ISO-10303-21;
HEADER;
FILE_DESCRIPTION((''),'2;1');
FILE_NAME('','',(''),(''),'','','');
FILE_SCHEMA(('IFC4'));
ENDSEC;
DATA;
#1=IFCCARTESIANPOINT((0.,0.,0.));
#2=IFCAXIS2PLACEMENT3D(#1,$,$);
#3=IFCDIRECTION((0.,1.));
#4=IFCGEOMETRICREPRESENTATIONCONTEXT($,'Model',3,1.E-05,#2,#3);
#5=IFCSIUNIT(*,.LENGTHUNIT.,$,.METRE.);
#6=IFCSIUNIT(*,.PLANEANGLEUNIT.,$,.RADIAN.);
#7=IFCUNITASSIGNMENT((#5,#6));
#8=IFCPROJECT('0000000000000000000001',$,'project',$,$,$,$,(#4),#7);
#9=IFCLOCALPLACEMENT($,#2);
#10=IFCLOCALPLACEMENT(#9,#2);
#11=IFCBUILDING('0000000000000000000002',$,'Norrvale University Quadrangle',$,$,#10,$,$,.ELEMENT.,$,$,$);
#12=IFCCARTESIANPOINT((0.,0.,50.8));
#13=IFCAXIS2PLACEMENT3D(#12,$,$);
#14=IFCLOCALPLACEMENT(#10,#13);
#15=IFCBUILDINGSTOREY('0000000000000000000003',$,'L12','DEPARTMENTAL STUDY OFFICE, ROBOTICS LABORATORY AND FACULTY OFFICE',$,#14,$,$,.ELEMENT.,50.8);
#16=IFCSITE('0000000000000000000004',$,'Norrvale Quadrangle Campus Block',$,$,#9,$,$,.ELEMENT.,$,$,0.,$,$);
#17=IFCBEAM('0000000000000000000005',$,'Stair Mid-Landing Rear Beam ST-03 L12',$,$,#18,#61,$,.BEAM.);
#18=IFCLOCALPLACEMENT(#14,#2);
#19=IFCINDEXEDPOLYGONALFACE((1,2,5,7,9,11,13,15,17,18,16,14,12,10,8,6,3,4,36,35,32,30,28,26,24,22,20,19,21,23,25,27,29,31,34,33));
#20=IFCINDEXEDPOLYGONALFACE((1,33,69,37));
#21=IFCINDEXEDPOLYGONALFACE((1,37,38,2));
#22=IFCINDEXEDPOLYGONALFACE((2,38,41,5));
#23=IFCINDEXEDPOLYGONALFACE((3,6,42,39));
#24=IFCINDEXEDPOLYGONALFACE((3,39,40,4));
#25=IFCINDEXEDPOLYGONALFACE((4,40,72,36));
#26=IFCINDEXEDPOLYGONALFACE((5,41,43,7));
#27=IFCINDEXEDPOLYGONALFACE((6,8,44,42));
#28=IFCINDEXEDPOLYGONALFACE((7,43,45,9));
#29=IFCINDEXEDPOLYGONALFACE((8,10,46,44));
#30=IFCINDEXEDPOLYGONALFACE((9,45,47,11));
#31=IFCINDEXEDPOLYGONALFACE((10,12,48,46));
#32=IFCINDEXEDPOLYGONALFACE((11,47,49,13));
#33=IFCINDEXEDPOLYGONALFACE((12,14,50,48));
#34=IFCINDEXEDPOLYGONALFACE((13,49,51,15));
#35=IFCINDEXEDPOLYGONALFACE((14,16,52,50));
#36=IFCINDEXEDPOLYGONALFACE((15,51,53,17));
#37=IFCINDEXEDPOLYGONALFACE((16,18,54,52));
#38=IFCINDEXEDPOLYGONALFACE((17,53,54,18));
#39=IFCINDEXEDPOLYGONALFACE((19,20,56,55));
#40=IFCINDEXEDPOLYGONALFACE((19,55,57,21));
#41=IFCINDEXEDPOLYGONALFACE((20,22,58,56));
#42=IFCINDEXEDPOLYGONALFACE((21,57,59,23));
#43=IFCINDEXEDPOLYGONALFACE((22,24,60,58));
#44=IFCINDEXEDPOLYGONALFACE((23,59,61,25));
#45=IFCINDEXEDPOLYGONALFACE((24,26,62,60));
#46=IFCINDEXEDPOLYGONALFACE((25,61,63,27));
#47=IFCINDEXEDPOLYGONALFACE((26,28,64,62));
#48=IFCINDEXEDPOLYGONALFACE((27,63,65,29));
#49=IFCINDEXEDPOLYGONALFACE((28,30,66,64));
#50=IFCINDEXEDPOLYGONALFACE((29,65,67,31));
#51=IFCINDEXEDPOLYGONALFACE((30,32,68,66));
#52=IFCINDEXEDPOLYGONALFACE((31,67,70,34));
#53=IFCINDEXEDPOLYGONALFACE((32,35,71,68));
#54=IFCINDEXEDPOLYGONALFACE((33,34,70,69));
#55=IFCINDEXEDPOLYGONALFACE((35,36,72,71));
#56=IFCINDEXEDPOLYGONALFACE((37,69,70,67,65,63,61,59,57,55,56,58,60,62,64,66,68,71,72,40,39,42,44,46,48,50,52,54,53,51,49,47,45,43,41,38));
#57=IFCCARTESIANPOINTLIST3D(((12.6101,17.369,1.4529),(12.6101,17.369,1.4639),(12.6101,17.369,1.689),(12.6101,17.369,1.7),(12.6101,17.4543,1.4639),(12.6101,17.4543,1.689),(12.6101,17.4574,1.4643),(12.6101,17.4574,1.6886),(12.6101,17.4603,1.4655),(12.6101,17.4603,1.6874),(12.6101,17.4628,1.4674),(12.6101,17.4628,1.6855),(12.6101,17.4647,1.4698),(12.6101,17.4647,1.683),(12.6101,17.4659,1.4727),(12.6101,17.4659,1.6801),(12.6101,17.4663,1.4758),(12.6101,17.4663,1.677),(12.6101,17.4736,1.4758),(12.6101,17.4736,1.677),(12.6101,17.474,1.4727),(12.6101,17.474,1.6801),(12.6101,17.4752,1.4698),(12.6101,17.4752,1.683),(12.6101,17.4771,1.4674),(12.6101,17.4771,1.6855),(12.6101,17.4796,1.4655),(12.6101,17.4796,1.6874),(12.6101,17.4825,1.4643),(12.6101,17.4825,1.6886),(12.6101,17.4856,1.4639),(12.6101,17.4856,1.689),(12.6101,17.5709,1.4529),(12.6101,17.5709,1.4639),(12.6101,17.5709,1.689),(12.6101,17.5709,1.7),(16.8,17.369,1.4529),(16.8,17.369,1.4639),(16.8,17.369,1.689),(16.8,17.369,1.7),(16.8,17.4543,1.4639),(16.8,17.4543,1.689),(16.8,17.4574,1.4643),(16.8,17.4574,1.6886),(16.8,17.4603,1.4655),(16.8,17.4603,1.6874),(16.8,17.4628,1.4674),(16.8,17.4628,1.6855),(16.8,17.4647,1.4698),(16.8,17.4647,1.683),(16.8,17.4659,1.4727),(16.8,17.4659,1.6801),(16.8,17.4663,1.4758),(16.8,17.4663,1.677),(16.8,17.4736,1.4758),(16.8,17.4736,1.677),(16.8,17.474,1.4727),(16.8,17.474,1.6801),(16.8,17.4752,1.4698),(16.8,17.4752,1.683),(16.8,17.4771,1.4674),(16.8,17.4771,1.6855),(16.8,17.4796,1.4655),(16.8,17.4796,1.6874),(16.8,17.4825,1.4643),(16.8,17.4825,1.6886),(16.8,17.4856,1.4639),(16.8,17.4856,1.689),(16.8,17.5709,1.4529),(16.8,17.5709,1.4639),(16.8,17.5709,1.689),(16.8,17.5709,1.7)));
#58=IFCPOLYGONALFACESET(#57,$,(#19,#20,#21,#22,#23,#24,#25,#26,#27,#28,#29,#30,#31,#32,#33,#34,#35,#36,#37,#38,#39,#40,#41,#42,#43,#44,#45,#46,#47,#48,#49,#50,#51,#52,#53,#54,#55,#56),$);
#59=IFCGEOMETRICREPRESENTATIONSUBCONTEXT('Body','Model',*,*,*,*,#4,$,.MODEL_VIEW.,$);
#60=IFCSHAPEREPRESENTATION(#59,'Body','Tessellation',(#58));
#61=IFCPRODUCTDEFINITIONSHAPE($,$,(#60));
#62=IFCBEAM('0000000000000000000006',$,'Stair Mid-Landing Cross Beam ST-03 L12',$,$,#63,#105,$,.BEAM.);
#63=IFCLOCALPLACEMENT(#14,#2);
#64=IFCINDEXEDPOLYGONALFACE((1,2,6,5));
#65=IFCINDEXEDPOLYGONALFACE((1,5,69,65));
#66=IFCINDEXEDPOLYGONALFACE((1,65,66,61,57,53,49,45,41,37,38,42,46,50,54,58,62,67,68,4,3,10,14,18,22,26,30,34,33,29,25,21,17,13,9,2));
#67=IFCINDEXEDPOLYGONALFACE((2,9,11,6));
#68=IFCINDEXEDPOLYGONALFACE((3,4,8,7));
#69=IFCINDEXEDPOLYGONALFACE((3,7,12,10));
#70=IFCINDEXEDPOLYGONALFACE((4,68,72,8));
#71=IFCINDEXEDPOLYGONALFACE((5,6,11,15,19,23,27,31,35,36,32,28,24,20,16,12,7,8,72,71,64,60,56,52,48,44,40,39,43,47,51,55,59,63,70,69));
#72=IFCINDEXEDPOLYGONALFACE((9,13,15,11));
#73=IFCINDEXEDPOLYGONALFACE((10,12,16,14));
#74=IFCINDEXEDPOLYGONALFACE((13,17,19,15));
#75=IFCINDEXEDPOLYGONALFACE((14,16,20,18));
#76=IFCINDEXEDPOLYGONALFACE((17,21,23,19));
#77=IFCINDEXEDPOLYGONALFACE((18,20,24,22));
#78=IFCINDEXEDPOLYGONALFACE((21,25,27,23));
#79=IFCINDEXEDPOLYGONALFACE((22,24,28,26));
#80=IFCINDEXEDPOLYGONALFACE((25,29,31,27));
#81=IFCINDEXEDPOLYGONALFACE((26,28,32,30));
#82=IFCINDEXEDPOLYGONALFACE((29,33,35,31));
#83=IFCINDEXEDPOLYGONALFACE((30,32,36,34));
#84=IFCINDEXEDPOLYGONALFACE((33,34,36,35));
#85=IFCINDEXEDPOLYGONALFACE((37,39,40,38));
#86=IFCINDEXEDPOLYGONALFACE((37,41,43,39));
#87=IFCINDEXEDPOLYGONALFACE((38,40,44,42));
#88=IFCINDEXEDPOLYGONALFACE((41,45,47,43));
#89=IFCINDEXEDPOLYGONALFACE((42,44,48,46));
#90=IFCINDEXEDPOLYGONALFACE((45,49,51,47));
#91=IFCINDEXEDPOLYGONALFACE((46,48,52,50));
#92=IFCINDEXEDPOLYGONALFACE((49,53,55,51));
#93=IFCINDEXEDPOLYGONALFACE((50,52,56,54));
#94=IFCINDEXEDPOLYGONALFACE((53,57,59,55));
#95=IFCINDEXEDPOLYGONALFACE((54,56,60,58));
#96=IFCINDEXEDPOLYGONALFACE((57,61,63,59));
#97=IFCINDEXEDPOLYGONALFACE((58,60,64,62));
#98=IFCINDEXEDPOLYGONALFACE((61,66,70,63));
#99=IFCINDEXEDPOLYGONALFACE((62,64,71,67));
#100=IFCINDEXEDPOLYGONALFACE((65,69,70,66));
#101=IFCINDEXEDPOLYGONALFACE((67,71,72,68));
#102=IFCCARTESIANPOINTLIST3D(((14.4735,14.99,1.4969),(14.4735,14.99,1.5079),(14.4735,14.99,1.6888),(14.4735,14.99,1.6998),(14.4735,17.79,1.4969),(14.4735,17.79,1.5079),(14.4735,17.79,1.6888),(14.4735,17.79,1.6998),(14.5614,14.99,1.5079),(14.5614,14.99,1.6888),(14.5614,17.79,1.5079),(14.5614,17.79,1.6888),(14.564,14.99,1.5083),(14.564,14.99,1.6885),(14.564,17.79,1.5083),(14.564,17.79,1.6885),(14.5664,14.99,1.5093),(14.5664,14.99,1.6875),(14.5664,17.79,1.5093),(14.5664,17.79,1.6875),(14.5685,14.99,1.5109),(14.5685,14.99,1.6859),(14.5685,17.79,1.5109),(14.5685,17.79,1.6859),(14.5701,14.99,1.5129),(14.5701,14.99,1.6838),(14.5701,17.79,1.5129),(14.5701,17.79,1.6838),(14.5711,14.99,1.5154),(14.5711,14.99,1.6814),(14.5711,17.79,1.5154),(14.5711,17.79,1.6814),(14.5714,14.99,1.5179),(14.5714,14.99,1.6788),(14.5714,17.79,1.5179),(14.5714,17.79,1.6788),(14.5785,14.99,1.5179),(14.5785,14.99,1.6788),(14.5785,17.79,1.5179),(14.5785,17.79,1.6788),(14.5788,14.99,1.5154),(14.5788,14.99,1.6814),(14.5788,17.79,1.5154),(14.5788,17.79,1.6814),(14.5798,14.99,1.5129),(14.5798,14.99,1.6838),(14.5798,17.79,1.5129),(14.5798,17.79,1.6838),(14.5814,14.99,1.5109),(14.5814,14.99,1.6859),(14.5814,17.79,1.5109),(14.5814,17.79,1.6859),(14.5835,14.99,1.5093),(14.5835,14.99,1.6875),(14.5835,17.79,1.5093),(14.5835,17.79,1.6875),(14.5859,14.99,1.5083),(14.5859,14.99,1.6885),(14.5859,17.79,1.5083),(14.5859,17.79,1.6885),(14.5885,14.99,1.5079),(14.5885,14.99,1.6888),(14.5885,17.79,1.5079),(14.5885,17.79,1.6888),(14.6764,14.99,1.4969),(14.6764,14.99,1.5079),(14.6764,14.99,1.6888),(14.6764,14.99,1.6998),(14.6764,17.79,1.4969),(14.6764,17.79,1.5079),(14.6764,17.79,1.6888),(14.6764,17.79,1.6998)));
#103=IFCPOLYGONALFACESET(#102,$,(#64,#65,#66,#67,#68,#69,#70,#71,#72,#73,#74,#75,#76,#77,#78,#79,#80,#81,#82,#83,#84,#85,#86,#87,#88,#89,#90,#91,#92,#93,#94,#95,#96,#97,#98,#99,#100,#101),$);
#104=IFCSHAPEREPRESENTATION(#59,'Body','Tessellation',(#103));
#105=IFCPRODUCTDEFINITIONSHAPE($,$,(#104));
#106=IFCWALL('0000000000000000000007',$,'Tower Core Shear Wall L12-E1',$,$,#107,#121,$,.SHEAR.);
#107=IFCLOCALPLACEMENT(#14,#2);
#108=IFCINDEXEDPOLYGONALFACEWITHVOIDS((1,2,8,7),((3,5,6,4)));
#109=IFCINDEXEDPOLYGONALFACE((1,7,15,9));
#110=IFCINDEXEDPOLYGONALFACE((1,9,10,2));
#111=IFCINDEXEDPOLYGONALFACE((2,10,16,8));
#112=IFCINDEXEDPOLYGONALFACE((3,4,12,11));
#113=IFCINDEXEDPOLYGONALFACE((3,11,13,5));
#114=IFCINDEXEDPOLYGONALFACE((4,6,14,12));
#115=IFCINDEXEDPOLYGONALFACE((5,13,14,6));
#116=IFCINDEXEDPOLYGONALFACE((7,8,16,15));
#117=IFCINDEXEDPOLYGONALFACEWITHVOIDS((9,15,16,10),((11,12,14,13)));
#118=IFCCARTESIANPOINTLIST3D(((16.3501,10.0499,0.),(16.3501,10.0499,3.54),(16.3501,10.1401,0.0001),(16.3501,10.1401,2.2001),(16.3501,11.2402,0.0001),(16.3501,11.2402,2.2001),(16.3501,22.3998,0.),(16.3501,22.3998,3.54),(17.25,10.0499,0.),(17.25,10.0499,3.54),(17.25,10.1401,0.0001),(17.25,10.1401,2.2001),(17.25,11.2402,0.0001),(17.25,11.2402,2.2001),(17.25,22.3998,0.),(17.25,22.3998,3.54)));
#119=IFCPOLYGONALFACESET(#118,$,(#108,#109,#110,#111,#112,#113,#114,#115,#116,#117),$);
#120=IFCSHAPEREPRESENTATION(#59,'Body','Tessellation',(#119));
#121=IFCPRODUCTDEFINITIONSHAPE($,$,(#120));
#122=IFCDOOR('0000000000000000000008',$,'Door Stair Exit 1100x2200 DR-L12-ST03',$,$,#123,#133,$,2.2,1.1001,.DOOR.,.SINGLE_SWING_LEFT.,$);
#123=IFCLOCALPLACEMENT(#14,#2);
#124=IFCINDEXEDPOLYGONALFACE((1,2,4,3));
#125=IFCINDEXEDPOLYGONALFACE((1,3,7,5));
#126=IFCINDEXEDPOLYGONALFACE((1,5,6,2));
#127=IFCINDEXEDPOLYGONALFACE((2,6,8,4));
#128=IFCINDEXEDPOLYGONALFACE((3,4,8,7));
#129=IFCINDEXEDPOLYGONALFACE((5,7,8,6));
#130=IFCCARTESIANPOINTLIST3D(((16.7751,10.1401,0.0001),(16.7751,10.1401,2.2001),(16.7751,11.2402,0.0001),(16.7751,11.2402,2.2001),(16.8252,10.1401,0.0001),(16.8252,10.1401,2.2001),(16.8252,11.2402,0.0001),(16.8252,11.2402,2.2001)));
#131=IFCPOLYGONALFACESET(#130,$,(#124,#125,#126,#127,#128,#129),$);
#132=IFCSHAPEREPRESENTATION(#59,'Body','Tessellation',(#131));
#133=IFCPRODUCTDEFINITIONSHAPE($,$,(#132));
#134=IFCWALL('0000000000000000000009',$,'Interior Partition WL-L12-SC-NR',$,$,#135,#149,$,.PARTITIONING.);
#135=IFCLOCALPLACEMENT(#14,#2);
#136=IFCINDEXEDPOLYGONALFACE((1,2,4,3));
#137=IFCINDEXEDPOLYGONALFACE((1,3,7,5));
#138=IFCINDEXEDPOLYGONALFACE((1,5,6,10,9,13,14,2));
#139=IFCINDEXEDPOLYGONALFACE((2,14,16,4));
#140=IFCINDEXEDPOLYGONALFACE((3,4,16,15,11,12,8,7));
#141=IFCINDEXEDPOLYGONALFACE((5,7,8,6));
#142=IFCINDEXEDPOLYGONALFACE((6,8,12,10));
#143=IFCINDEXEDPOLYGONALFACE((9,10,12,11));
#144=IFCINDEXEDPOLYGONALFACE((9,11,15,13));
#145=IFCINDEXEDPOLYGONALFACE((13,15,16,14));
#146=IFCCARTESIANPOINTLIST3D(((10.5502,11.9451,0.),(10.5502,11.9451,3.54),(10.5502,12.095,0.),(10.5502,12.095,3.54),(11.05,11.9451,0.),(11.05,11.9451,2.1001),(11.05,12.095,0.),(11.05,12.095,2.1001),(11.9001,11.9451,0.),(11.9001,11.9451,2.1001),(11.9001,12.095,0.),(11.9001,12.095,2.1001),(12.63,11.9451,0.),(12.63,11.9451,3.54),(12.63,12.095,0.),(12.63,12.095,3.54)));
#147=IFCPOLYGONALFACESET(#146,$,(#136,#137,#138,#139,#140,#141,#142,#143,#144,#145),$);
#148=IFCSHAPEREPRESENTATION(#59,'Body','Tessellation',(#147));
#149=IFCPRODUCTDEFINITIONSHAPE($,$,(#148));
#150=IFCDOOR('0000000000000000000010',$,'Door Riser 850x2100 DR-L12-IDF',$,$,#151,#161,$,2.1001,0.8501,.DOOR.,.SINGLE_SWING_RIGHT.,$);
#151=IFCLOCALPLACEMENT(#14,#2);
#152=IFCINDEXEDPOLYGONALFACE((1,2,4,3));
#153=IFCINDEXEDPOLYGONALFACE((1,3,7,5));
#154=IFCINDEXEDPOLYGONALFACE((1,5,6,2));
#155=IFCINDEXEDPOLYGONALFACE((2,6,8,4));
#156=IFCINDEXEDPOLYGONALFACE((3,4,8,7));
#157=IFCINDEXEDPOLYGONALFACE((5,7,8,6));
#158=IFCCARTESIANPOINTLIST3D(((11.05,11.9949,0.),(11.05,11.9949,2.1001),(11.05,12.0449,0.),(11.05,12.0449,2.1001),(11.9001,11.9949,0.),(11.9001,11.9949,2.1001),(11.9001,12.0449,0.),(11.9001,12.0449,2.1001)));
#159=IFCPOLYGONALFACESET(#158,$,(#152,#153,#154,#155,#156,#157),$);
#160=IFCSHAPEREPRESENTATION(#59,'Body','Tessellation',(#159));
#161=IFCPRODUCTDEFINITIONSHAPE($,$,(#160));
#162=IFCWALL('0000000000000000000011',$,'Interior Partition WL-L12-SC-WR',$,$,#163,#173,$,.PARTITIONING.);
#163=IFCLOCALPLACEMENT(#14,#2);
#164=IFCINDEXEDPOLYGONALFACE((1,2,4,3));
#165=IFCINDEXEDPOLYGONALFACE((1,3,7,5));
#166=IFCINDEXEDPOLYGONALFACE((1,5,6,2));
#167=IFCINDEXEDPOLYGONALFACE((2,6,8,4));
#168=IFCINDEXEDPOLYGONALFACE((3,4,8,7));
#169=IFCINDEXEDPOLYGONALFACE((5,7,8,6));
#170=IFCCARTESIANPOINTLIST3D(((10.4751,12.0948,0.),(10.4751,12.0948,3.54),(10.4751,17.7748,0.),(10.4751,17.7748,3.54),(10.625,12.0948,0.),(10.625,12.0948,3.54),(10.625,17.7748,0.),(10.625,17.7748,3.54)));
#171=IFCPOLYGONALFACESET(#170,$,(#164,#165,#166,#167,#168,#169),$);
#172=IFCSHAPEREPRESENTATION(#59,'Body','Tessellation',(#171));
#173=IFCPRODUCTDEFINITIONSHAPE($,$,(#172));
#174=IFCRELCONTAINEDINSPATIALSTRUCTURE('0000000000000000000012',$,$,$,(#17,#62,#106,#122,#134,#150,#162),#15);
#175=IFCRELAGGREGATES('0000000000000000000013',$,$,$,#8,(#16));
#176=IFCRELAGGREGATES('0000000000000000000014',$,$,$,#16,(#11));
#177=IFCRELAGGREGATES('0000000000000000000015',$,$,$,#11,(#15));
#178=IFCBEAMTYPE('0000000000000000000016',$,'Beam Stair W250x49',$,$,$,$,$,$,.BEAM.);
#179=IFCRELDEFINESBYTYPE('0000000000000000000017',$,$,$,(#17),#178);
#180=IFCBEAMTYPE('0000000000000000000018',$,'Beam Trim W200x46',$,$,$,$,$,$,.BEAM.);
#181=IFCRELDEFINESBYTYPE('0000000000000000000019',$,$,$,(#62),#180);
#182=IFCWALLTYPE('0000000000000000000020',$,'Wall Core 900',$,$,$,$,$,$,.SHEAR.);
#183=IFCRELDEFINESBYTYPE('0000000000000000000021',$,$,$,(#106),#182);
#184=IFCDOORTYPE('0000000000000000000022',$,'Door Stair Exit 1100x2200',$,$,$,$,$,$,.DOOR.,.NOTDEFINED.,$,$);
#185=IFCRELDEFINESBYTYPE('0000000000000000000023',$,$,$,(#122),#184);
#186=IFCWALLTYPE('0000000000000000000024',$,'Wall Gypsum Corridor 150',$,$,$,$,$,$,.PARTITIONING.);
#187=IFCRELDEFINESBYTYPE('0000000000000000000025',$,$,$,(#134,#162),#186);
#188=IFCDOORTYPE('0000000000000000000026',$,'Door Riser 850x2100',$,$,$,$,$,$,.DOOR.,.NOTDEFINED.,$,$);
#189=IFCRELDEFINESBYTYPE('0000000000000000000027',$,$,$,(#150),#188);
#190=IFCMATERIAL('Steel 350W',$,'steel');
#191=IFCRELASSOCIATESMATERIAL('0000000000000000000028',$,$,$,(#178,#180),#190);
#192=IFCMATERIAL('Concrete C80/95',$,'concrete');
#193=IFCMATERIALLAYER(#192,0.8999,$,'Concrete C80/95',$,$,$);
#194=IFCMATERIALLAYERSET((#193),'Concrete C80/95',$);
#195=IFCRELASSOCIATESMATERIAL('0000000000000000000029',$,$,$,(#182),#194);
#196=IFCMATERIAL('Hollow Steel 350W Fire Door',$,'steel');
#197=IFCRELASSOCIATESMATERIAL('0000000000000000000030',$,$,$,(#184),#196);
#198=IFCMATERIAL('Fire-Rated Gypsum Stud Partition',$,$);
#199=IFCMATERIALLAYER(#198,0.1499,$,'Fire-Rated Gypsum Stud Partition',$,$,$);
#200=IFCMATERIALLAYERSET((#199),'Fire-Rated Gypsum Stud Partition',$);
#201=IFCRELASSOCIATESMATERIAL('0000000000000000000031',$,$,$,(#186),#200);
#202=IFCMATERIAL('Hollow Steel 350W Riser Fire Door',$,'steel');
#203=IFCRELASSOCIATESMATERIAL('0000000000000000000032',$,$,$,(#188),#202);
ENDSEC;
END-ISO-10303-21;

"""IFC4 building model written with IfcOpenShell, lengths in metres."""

from ifc_helpers import new_model, si_unit, direction, frame, frame_2d, origin, origin_2d, place, context, subcontext, project, spatial, rectangle, i_section, extrude, material, layer, layer_set, material_profile, profile_set, type_object, element, fill, save


model = new_model("IFC4")

# Units and contexts
model_context = context("Model", 3, precision=1e-05, world=origin(), true_north=direction((0.0, 1.0)))
body_context = subcontext(model_context, "Body", "Model", "MODEL_VIEW")
ifc_project = project(units=[si_unit("LENGTHUNIT", "METRE"), si_unit("PLANEANGLEUNIT", "RADIAN")], contexts=[model_context])

# Site, building, storey
site_placement = place(None, origin())
site = spatial("IfcSite", under=ifc_project, at=site_placement, Name="Norrvale Quadrangle Campus Block", CompositionType="ELEMENT", RefElevation=0.0)
building_placement = place(site_placement, origin())
building = spatial("IfcBuilding", under=site, at=building_placement, Name="Norrvale University Quadrangle", CompositionType="ELEMENT")
storey_placement = place(building_placement, frame((0.0, 0.0, 50.8)))
storey = spatial("IfcBuildingStorey", under=building, at=storey_placement, Name="L12", Description="DEPARTMENTAL STUDY OFFICE, ROBOTICS LABORATORY AND FACULTY OFFICE", CompositionType="ELEMENT", Elevation=50.8)

# Shared definitions
ifc_material_1 = material(Name="Concrete C80/95", Category="concrete")

# Beams
ifc_material_2 = material(Name="Steel 350W", Category="steel")
ifc_material_profile_1 = material_profile(ifc_material_2, i_section(OverallWidth=0.2019, OverallDepth=0.2471, WebThickness=0.0073, FlangeThickness=0.011, FilletRadius=0.012, at=origin_2d()), Name="Steel 350W")
ifc_profile_set_1 = profile_set([ifc_material_profile_1], Name="Steel 350W")
beam_type_1 = type_object("IfcBeamType", Name="Beam Stair W250x49", PredefinedType="BEAM", material=ifc_profile_set_1)
for number, where, z_axis, x_axis, name in (
    (1, (12.6101, 17.47, 1.5764), (1.0, 0.0, 0.0), (0.0, 1.0, 0.0), "Stair Mid-Landing Rear Beam ST-03 L12"),
):
    element("IfcBeam", number, at=place(storey_placement, frame(where, z_axis=z_axis, x_axis=x_axis)), inside=storey, type_object=beam_type_1, Name=name, PredefinedType="BEAM", context=body_context, shape_type="SweptSolid", body=[
        extrude(i_section(OverallWidth=0.2019, OverallDepth=0.2471, WebThickness=0.0073, FlangeThickness=0.011, FilletRadius=0.012, at=origin_2d()), origin(), (0.0, 0.0, 1.0), 4.1899),
    ])
ifc_material_profile_2 = material_profile(ifc_material_2, i_section(OverallWidth=0.2029, OverallDepth=0.2029, WebThickness=0.0071, FlangeThickness=0.011, FilletRadius=0.01, at=origin_2d()), Name="Steel 350W")
ifc_profile_set_2 = profile_set([ifc_material_profile_2], Name="Steel 350W")
beam_type_2 = type_object("IfcBeamType", Name="Beam Trim W200x46", PredefinedType="BEAM", material=ifc_profile_set_2)
beam_placement = place(storey_placement, frame((14.575, 14.99, 1.5984), z_axis=(0.0, 1.0, 0.0), x_axis=(-1.0, 0.0, 0.0)))
element("IfcBeam", 2, at=beam_placement, inside=storey, type_object=beam_type_2, Name="Stair Mid-Landing Cross Beam ST-03 L12", PredefinedType="BEAM", context=body_context, shape_type="SweptSolid", body=[
    extrude(i_section(OverallWidth=0.2029, OverallDepth=0.2029, WebThickness=0.0071, FlangeThickness=0.011, FilletRadius=0.01, at=origin_2d()), origin(), (0.0, 0.0, 1.0), 2.8),
])

# Walls, openings, doors
ifc_layer_1 = layer(ifc_material_1, 0.8999, Name="Concrete C80/95")
ifc_layer_set_1 = layer_set([ifc_layer_1], Name="Concrete C80/95")
wall_type_1 = type_object("IfcWallType", Name="Wall Core 900", PredefinedType="SHEAR", material=ifc_layer_set_1)
wall_1_placement = place(storey_placement, frame((16.8, 10.05, 0.0), z_axis=(0.0, 0.0, 1.0), x_axis=(0.0, 1.0, 0.0)))
wall_1 = element("IfcWall", 3, at=wall_1_placement, inside=storey, type_object=wall_type_1, Name="Tower Core Shear Wall L12-E1", PredefinedType="SHEAR", context=body_context, shape_type="SweptSolid", body=[
    extrude(rectangle(XDim=12.3499, YDim=0.8999, at=frame_2d((6.1748, 0.0))), origin(), (0.0, 0.0, 1.0), 3.54),
])
opening_1_placement = place(wall_1_placement, frame((0.0901, 0.0, 0.0)))
opening_1 = element("IfcOpeningElement", 4, at=opening_1_placement, cuts=wall_1, PredefinedType="OPENING", context=body_context, shape_type="SweptSolid", body=[
    extrude(rectangle(XDim=1.1001, YDim=2.2, at=frame_2d((0.55, 1.1001))), frame((0.0, 0.4619, 0.0), z_axis=(0.0, -1.0, 0.0), x_axis=(1.0, 0.0, 0.0)), (0.0, 0.0, 1.0), 0.9238),
])
ifc_material_3 = material(Name="Hollow Steel 350W Fire Door", Category="steel")
door_type_1 = type_object("IfcDoorType", Name="Door Stair Exit 1100x2200", OperationType="NOTDEFINED", PredefinedType="DOOR", material=ifc_material_3)
door_1_placement = place(opening_1_placement, origin())
door_1 = element("IfcDoor", 5, at=door_1_placement, inside=storey, type_object=door_type_1, Name="Door Stair Exit 1100x2200 DR-L12-ST03", OperationType="SINGLE_SWING_LEFT", OverallHeight=2.2, OverallWidth=1.1001, PredefinedType="DOOR", context=body_context, shape_type="SweptSolid", body=[
    extrude(rectangle(XDim=1.1001, YDim=2.2, at=frame_2d((0.55, 1.1001))), frame((0.0, 0.0249, 0.0), z_axis=(0.0, -1.0, 0.0), x_axis=(1.0, 0.0, 0.0)), (0.0, 0.0, 1.0), 0.05),
])
fill(opening_1, door_1)
ifc_material_4 = material(Name="Fire-Rated Gypsum Stud Partition")
ifc_layer_2 = layer(ifc_material_4, 0.1499, Name="Fire-Rated Gypsum Stud Partition")
ifc_layer_set_2 = layer_set([ifc_layer_2], Name="Fire-Rated Gypsum Stud Partition")
wall_type_2 = type_object("IfcWallType", Name="Wall Gypsum Corridor 150", PredefinedType="PARTITIONING", material=ifc_layer_set_2)
wall_2_placement = place(storey_placement, frame((10.55, 12.02, 0.0), z_axis=(0.0, 0.0, 1.0), x_axis=(1.0, 0.0, 0.0)))
wall_2 = element("IfcWall", 6, at=wall_2_placement, inside=storey, type_object=wall_type_2, Name="Interior Partition WL-L12-SC-NR", PredefinedType="PARTITIONING", context=body_context, shape_type="SweptSolid", body=[
    extrude(rectangle(XDim=2.0798, YDim=0.1499, at=frame_2d((1.04, 0.0))), origin(), (0.0, 0.0, 1.0), 3.54),
])
opening_2_placement = place(wall_2_placement, frame((0.5, 0.0, 0.0)))
opening_2 = element("IfcOpeningElement", 7, at=opening_2_placement, cuts=wall_2, PredefinedType="OPENING", context=body_context, shape_type="SweptSolid", body=[
    extrude(rectangle(XDim=0.8501, YDim=2.1001, at=frame_2d((0.425, 1.05))), frame((0.0, 0.0869, 0.0), z_axis=(0.0, -1.0, 0.0), x_axis=(1.0, 0.0, 0.0)), (0.0, 0.0, 1.0), 0.1738),
])
ifc_material_5 = material(Name="Hollow Steel 350W Riser Fire Door", Category="steel")
door_type_2 = type_object("IfcDoorType", Name="Door Riser 850x2100", OperationType="NOTDEFINED", PredefinedType="DOOR", material=ifc_material_5)
door_2_placement = place(opening_2_placement, origin())
door_2 = element("IfcDoor", 8, at=door_2_placement, inside=storey, type_object=door_type_2, Name="Door Riser 850x2100 DR-L12-IDF", OperationType="SINGLE_SWING_RIGHT", OverallHeight=2.1001, OverallWidth=0.8501, PredefinedType="DOOR", context=body_context, shape_type="SweptSolid", body=[
    extrude(rectangle(XDim=0.8501, YDim=2.1001, at=frame_2d((0.425, 1.05))), frame((0.0, 0.0249, 0.0), z_axis=(0.0, -1.0, 0.0), x_axis=(1.0, 0.0, 0.0)), (0.0, 0.0, 1.0), 0.05),
])
fill(opening_2, door_2)

# Wall
wall_3_placement = place(storey_placement, frame((10.55, 12.095, 0.0), z_axis=(0.0, 0.0, 1.0), x_axis=(0.0, 1.0, 0.0)))
element("IfcWall", 9, at=wall_3_placement, inside=storey, type_object=wall_type_2, Name="Interior Partition WL-L12-SC-WR", PredefinedType="PARTITIONING", context=body_context, shape_type="SweptSolid", body=[
    extrude(rectangle(XDim=5.6799, YDim=0.1499, at=frame_2d((2.8398, 0.0))), origin(), (0.0, 0.0, 1.0), 3.54),
])

save(model, "model.ifc")
